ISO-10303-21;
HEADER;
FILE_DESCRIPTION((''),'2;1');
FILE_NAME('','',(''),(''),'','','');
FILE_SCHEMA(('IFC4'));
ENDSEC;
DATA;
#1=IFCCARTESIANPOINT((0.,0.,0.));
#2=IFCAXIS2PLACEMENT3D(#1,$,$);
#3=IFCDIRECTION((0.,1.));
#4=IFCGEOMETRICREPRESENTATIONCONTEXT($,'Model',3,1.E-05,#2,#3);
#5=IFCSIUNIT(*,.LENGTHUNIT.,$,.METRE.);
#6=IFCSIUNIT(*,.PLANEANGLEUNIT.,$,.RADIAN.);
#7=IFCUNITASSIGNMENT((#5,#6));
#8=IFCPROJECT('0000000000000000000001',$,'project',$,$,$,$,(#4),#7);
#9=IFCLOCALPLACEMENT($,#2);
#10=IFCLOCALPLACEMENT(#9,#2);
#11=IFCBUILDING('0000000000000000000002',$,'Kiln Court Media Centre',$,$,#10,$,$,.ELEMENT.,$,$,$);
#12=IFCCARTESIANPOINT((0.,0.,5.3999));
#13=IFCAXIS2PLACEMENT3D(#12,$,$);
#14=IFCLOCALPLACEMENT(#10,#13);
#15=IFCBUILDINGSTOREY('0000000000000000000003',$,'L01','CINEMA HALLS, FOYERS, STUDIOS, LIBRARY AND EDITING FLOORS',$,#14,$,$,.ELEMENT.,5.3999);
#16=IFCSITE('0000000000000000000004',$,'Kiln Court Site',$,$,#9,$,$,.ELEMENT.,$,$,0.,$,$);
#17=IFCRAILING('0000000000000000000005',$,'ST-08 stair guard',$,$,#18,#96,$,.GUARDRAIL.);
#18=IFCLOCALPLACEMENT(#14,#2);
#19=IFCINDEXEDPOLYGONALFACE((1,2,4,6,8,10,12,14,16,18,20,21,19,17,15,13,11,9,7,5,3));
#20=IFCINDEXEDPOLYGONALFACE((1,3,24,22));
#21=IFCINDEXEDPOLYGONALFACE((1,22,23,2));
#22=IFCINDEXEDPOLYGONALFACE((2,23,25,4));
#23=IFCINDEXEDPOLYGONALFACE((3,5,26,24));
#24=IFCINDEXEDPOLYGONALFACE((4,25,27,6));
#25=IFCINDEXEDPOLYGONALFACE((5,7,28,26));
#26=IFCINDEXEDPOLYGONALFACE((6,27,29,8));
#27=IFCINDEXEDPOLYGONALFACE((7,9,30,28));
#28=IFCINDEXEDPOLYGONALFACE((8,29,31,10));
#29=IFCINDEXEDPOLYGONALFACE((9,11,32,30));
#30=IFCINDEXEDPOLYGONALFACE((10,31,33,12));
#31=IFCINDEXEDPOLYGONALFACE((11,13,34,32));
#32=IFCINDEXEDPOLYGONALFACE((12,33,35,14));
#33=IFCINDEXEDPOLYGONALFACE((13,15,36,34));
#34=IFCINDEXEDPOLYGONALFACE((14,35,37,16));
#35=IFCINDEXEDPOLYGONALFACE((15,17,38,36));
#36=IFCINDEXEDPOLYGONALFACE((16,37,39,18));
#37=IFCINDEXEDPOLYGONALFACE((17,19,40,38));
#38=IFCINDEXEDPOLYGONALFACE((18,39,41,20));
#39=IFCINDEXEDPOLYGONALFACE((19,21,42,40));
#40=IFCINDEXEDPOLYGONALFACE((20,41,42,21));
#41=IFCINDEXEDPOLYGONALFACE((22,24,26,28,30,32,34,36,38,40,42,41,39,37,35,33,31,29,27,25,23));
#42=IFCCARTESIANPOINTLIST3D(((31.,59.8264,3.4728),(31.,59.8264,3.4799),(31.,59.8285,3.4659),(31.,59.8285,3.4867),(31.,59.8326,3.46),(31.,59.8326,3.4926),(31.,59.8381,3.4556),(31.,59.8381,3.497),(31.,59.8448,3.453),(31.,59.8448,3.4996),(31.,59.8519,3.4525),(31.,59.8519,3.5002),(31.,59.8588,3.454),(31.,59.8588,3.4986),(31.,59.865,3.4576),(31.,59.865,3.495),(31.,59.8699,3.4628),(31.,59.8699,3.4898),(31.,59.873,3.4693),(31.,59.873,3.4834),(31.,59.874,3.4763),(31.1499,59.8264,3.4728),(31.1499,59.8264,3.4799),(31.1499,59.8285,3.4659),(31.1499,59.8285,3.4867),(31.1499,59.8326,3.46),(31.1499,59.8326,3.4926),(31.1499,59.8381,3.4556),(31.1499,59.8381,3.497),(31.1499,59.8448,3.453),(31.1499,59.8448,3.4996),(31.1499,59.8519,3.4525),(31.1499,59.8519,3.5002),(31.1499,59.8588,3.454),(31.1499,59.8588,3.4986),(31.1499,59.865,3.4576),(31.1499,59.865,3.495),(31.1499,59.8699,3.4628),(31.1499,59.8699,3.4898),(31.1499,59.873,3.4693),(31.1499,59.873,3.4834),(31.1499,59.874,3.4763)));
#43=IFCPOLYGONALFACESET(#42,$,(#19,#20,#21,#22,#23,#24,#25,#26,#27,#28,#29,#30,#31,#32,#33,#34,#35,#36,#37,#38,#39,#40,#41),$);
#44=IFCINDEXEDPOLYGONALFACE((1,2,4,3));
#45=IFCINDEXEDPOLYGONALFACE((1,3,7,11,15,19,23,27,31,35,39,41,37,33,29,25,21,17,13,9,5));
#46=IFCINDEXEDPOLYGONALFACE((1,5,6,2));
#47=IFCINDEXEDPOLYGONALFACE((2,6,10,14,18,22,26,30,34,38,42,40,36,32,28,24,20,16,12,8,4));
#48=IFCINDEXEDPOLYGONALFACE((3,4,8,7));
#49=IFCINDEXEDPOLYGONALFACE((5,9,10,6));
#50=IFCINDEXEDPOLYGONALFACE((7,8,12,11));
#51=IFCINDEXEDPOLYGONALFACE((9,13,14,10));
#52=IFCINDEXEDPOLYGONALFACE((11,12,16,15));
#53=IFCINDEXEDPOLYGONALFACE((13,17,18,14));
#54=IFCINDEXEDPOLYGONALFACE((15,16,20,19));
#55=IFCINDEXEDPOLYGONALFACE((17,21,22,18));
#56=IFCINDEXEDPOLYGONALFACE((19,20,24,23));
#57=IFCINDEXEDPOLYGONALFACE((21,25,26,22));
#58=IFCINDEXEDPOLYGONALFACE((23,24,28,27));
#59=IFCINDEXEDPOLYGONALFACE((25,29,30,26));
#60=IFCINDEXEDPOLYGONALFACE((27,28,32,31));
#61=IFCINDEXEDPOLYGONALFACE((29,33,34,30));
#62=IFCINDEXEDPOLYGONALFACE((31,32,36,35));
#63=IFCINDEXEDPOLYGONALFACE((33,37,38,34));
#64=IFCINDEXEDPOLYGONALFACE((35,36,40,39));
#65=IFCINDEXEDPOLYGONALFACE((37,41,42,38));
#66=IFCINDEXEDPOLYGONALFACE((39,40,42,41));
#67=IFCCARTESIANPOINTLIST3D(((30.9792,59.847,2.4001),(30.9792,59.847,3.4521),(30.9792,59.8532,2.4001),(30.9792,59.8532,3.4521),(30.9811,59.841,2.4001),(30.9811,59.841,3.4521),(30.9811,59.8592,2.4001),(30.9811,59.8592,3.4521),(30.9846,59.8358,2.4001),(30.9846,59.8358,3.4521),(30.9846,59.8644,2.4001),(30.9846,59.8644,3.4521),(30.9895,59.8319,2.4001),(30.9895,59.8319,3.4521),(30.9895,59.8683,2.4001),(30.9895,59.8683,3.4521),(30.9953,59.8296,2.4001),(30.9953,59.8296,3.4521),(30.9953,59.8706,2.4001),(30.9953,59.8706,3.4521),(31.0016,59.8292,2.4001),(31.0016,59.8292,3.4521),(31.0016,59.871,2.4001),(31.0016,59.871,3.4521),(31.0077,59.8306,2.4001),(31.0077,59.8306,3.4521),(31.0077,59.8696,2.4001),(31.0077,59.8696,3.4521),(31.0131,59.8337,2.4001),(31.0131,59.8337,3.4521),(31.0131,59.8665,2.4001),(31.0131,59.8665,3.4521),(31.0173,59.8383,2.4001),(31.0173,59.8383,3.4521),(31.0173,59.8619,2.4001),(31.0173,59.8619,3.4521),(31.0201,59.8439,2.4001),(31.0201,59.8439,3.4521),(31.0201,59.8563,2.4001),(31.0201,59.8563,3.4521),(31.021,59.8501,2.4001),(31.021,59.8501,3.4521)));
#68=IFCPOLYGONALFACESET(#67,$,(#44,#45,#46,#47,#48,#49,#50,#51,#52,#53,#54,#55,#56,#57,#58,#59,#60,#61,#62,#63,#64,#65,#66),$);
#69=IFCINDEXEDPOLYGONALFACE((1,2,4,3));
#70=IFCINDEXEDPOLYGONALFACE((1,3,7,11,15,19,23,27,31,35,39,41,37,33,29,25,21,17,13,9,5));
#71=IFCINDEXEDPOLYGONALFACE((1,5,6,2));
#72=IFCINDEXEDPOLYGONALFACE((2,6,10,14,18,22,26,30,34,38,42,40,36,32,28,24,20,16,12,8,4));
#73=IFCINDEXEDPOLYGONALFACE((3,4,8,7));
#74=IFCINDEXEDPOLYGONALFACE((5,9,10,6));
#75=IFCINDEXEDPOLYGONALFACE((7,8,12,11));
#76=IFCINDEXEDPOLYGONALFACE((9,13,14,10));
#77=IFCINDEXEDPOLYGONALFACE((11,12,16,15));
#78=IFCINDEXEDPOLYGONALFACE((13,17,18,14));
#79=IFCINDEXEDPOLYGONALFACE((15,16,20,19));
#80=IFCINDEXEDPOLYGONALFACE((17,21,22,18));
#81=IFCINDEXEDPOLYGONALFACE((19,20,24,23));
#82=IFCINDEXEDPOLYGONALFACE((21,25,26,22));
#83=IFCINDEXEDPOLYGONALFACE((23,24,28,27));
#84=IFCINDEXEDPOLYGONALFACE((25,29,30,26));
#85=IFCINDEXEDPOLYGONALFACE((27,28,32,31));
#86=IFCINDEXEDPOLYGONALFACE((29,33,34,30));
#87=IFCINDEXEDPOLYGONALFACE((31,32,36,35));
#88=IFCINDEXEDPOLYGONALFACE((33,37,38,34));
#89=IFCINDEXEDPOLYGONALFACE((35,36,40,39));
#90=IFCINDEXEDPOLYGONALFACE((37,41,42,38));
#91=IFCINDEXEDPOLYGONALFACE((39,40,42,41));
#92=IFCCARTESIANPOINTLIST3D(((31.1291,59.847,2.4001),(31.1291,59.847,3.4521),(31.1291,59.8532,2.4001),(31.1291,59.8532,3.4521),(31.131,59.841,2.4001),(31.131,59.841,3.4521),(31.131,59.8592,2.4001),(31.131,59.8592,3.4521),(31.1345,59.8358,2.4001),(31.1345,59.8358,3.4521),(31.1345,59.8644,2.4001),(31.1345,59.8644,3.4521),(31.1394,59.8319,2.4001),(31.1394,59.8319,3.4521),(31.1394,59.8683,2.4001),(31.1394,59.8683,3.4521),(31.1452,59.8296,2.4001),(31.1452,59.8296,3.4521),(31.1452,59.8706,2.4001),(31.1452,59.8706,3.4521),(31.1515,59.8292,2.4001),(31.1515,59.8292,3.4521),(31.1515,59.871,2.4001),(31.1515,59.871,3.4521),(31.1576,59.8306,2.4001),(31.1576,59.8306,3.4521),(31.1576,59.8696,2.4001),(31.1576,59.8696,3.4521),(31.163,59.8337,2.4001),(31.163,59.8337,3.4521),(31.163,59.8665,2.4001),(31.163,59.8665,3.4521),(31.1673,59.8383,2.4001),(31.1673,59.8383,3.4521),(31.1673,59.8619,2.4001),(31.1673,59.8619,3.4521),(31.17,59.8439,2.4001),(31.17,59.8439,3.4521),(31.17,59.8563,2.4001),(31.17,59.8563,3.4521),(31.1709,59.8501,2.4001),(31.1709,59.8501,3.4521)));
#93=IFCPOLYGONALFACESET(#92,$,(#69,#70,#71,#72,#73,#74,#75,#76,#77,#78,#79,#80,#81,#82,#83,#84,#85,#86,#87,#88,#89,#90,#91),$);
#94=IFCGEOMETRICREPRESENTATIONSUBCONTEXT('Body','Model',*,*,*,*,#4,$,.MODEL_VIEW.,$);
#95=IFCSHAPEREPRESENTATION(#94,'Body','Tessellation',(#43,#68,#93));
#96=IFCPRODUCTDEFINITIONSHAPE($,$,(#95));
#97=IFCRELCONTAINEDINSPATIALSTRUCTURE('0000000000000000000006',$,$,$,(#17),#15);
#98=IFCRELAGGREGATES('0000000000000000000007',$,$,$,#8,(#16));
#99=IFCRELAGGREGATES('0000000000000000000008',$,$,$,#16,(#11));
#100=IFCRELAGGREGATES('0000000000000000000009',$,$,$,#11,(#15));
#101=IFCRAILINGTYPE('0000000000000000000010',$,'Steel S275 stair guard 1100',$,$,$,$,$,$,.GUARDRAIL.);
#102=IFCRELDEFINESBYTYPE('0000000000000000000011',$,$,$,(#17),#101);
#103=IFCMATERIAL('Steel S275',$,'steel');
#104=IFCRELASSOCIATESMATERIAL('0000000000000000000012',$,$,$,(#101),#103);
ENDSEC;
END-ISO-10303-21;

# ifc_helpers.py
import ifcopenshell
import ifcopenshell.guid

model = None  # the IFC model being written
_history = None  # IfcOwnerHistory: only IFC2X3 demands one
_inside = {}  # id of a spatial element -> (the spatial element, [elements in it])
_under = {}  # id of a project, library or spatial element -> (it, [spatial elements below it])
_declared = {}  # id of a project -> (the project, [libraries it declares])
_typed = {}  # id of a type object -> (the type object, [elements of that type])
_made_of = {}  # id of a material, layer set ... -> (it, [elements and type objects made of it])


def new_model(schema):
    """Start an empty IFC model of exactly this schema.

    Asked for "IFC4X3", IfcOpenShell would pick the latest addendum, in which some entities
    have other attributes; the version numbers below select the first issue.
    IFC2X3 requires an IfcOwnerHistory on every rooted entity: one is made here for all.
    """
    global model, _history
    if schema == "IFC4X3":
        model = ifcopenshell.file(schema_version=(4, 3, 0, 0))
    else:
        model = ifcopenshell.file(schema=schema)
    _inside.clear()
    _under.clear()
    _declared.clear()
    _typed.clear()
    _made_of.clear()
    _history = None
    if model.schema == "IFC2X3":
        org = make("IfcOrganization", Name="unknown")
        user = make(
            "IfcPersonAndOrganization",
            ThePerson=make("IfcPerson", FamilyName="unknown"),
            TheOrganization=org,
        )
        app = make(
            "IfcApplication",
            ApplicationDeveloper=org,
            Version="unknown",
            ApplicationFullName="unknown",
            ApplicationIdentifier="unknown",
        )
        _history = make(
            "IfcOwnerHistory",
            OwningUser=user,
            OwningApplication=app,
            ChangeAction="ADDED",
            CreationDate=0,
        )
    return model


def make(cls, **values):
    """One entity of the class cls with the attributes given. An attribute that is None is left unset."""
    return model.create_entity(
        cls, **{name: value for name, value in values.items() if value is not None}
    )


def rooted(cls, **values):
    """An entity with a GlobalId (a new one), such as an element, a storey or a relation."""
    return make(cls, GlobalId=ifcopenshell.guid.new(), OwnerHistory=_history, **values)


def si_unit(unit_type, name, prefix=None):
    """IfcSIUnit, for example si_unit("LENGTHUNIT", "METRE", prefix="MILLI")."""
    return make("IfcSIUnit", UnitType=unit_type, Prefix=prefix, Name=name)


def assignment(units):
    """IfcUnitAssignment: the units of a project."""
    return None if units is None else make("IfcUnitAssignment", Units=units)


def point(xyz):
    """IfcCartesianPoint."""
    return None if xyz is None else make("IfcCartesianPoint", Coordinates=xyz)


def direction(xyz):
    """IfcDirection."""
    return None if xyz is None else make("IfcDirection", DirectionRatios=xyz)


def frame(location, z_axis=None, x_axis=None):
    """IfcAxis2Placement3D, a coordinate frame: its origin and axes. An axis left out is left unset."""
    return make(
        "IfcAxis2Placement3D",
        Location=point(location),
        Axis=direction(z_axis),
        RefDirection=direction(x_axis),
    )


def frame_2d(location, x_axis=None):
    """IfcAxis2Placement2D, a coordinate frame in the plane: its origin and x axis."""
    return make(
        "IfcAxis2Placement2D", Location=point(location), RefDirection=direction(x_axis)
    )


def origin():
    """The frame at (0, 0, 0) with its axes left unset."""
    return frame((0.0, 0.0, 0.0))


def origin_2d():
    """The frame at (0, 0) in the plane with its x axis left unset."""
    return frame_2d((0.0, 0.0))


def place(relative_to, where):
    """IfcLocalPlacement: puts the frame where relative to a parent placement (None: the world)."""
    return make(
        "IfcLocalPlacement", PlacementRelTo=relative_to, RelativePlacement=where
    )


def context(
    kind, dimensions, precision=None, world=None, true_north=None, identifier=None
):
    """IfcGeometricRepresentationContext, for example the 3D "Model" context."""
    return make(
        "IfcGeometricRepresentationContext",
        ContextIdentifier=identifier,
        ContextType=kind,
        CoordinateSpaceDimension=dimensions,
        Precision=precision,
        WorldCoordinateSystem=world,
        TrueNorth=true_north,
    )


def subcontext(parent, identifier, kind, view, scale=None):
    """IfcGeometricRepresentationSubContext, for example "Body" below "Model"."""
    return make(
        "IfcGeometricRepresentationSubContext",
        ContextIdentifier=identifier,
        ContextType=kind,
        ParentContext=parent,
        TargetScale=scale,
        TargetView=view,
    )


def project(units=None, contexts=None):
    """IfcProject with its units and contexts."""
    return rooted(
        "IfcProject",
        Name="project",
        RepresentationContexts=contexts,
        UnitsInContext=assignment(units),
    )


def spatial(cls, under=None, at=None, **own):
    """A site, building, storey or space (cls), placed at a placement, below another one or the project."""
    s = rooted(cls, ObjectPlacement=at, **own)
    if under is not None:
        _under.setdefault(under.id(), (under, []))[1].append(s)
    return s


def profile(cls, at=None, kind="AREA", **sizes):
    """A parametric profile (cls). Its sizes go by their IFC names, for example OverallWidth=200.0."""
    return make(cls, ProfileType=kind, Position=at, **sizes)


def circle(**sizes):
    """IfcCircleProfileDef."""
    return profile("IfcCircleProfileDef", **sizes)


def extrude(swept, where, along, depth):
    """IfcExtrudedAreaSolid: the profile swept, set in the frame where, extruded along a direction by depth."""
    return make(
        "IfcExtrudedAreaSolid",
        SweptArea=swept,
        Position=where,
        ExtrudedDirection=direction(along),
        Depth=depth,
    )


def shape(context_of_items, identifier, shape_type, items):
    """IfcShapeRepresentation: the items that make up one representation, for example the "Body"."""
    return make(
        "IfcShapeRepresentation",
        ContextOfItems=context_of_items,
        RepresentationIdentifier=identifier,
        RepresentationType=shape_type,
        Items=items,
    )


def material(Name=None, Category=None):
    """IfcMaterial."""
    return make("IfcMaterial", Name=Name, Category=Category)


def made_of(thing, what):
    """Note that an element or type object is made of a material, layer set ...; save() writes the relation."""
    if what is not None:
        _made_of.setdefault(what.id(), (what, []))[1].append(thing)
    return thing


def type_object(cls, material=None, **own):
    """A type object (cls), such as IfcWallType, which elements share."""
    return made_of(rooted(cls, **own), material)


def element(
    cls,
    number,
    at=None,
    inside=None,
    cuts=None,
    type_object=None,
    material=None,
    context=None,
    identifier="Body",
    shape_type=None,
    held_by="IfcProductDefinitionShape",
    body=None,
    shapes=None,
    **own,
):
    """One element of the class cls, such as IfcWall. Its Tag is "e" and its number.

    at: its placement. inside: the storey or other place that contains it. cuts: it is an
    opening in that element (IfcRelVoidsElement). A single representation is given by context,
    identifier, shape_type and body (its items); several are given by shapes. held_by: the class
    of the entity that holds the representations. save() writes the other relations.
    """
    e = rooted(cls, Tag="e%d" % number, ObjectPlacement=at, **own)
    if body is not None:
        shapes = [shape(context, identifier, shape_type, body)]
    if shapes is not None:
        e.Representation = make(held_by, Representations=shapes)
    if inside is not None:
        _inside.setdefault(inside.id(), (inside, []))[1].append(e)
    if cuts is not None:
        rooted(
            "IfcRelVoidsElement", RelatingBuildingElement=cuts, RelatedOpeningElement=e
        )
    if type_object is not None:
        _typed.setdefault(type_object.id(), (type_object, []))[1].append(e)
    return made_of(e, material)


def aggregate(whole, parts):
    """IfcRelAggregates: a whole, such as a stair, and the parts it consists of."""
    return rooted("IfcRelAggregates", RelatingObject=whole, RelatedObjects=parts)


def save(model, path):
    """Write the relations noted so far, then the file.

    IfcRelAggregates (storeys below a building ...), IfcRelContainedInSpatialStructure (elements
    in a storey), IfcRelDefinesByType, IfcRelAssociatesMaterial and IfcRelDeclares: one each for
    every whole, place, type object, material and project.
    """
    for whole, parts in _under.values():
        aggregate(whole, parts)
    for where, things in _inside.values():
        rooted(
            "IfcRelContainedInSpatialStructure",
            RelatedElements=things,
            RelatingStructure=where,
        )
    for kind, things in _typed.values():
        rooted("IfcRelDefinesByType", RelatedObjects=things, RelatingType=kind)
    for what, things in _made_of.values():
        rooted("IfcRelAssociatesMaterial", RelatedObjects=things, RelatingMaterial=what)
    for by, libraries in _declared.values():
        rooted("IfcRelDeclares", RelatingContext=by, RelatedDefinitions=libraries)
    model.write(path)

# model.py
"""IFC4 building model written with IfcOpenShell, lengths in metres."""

from ifc_helpers import new_model, si_unit, direction, frame, origin, origin_2d, place, context, subcontext, project, spatial, circle, extrude, material, type_object, element, save


model = new_model("IFC4")

# Units and contexts
model_context = context("Model", 3, precision=1e-05, world=origin(), true_north=direction((0.0, 1.0)))
body_context = subcontext(model_context, "Body", "Model", "MODEL_VIEW")
ifc_project = project(units=[si_unit("LENGTHUNIT", "METRE"), si_unit("PLANEANGLEUNIT", "RADIAN")], contexts=[model_context])

# Site, building, storey
site_placement = place(None, origin())
site = spatial("IfcSite", under=ifc_project, at=site_placement, Name="Kiln Court Site", CompositionType="ELEMENT", RefElevation=0.0)
building_placement = place(site_placement, origin())
building = spatial("IfcBuilding", under=site, at=building_placement, Name="Kiln Court Media Centre", CompositionType="ELEMENT")
storey_placement = place(building_placement, frame((0.0, 0.0, 5.3999)))
storey = spatial("IfcBuildingStorey", under=building, at=storey_placement, Name="L01", Description="CINEMA HALLS, FOYERS, STUDIOS, LIBRARY AND EDITING FLOORS", CompositionType="ELEMENT", Elevation=5.3999)

# Railing
ifc_material_1 = material(Name="Steel S275", Category="steel")
railing_type_1 = type_object("IfcRailingType", Name="Steel S275 stair guard 1100", PredefinedType="GUARDRAIL", material=ifc_material_1)
railing_1_placement = place(storey_placement, frame((31.0, 59.8501, 2.4001)))
element("IfcRailing", 1, at=railing_1_placement, inside=storey, type_object=railing_type_1, Name="ST-08 stair guard", PredefinedType="GUARDRAIL", context=body_context, shape_type="SweptSolid", body=[
    extrude(circle(Radius=0.0239, at=origin_2d()), frame((0.0, 0.0, 1.0762), z_axis=(1.0, 0.0, 0.0), x_axis=(0.0, 1.0, 0.0)), (0.0, 0.0, 1.0), 0.1499),
    extrude(circle(Radius=0.021, at=origin_2d()), origin(), (0.0, 0.0, 1.0), 1.052),
    extrude(circle(Radius=0.021, at=origin_2d()), frame((0.1499, 0.0, 0.0)), (0.0, 0.0, 1.0), 1.052),
])

save(model, "model.ifc")
